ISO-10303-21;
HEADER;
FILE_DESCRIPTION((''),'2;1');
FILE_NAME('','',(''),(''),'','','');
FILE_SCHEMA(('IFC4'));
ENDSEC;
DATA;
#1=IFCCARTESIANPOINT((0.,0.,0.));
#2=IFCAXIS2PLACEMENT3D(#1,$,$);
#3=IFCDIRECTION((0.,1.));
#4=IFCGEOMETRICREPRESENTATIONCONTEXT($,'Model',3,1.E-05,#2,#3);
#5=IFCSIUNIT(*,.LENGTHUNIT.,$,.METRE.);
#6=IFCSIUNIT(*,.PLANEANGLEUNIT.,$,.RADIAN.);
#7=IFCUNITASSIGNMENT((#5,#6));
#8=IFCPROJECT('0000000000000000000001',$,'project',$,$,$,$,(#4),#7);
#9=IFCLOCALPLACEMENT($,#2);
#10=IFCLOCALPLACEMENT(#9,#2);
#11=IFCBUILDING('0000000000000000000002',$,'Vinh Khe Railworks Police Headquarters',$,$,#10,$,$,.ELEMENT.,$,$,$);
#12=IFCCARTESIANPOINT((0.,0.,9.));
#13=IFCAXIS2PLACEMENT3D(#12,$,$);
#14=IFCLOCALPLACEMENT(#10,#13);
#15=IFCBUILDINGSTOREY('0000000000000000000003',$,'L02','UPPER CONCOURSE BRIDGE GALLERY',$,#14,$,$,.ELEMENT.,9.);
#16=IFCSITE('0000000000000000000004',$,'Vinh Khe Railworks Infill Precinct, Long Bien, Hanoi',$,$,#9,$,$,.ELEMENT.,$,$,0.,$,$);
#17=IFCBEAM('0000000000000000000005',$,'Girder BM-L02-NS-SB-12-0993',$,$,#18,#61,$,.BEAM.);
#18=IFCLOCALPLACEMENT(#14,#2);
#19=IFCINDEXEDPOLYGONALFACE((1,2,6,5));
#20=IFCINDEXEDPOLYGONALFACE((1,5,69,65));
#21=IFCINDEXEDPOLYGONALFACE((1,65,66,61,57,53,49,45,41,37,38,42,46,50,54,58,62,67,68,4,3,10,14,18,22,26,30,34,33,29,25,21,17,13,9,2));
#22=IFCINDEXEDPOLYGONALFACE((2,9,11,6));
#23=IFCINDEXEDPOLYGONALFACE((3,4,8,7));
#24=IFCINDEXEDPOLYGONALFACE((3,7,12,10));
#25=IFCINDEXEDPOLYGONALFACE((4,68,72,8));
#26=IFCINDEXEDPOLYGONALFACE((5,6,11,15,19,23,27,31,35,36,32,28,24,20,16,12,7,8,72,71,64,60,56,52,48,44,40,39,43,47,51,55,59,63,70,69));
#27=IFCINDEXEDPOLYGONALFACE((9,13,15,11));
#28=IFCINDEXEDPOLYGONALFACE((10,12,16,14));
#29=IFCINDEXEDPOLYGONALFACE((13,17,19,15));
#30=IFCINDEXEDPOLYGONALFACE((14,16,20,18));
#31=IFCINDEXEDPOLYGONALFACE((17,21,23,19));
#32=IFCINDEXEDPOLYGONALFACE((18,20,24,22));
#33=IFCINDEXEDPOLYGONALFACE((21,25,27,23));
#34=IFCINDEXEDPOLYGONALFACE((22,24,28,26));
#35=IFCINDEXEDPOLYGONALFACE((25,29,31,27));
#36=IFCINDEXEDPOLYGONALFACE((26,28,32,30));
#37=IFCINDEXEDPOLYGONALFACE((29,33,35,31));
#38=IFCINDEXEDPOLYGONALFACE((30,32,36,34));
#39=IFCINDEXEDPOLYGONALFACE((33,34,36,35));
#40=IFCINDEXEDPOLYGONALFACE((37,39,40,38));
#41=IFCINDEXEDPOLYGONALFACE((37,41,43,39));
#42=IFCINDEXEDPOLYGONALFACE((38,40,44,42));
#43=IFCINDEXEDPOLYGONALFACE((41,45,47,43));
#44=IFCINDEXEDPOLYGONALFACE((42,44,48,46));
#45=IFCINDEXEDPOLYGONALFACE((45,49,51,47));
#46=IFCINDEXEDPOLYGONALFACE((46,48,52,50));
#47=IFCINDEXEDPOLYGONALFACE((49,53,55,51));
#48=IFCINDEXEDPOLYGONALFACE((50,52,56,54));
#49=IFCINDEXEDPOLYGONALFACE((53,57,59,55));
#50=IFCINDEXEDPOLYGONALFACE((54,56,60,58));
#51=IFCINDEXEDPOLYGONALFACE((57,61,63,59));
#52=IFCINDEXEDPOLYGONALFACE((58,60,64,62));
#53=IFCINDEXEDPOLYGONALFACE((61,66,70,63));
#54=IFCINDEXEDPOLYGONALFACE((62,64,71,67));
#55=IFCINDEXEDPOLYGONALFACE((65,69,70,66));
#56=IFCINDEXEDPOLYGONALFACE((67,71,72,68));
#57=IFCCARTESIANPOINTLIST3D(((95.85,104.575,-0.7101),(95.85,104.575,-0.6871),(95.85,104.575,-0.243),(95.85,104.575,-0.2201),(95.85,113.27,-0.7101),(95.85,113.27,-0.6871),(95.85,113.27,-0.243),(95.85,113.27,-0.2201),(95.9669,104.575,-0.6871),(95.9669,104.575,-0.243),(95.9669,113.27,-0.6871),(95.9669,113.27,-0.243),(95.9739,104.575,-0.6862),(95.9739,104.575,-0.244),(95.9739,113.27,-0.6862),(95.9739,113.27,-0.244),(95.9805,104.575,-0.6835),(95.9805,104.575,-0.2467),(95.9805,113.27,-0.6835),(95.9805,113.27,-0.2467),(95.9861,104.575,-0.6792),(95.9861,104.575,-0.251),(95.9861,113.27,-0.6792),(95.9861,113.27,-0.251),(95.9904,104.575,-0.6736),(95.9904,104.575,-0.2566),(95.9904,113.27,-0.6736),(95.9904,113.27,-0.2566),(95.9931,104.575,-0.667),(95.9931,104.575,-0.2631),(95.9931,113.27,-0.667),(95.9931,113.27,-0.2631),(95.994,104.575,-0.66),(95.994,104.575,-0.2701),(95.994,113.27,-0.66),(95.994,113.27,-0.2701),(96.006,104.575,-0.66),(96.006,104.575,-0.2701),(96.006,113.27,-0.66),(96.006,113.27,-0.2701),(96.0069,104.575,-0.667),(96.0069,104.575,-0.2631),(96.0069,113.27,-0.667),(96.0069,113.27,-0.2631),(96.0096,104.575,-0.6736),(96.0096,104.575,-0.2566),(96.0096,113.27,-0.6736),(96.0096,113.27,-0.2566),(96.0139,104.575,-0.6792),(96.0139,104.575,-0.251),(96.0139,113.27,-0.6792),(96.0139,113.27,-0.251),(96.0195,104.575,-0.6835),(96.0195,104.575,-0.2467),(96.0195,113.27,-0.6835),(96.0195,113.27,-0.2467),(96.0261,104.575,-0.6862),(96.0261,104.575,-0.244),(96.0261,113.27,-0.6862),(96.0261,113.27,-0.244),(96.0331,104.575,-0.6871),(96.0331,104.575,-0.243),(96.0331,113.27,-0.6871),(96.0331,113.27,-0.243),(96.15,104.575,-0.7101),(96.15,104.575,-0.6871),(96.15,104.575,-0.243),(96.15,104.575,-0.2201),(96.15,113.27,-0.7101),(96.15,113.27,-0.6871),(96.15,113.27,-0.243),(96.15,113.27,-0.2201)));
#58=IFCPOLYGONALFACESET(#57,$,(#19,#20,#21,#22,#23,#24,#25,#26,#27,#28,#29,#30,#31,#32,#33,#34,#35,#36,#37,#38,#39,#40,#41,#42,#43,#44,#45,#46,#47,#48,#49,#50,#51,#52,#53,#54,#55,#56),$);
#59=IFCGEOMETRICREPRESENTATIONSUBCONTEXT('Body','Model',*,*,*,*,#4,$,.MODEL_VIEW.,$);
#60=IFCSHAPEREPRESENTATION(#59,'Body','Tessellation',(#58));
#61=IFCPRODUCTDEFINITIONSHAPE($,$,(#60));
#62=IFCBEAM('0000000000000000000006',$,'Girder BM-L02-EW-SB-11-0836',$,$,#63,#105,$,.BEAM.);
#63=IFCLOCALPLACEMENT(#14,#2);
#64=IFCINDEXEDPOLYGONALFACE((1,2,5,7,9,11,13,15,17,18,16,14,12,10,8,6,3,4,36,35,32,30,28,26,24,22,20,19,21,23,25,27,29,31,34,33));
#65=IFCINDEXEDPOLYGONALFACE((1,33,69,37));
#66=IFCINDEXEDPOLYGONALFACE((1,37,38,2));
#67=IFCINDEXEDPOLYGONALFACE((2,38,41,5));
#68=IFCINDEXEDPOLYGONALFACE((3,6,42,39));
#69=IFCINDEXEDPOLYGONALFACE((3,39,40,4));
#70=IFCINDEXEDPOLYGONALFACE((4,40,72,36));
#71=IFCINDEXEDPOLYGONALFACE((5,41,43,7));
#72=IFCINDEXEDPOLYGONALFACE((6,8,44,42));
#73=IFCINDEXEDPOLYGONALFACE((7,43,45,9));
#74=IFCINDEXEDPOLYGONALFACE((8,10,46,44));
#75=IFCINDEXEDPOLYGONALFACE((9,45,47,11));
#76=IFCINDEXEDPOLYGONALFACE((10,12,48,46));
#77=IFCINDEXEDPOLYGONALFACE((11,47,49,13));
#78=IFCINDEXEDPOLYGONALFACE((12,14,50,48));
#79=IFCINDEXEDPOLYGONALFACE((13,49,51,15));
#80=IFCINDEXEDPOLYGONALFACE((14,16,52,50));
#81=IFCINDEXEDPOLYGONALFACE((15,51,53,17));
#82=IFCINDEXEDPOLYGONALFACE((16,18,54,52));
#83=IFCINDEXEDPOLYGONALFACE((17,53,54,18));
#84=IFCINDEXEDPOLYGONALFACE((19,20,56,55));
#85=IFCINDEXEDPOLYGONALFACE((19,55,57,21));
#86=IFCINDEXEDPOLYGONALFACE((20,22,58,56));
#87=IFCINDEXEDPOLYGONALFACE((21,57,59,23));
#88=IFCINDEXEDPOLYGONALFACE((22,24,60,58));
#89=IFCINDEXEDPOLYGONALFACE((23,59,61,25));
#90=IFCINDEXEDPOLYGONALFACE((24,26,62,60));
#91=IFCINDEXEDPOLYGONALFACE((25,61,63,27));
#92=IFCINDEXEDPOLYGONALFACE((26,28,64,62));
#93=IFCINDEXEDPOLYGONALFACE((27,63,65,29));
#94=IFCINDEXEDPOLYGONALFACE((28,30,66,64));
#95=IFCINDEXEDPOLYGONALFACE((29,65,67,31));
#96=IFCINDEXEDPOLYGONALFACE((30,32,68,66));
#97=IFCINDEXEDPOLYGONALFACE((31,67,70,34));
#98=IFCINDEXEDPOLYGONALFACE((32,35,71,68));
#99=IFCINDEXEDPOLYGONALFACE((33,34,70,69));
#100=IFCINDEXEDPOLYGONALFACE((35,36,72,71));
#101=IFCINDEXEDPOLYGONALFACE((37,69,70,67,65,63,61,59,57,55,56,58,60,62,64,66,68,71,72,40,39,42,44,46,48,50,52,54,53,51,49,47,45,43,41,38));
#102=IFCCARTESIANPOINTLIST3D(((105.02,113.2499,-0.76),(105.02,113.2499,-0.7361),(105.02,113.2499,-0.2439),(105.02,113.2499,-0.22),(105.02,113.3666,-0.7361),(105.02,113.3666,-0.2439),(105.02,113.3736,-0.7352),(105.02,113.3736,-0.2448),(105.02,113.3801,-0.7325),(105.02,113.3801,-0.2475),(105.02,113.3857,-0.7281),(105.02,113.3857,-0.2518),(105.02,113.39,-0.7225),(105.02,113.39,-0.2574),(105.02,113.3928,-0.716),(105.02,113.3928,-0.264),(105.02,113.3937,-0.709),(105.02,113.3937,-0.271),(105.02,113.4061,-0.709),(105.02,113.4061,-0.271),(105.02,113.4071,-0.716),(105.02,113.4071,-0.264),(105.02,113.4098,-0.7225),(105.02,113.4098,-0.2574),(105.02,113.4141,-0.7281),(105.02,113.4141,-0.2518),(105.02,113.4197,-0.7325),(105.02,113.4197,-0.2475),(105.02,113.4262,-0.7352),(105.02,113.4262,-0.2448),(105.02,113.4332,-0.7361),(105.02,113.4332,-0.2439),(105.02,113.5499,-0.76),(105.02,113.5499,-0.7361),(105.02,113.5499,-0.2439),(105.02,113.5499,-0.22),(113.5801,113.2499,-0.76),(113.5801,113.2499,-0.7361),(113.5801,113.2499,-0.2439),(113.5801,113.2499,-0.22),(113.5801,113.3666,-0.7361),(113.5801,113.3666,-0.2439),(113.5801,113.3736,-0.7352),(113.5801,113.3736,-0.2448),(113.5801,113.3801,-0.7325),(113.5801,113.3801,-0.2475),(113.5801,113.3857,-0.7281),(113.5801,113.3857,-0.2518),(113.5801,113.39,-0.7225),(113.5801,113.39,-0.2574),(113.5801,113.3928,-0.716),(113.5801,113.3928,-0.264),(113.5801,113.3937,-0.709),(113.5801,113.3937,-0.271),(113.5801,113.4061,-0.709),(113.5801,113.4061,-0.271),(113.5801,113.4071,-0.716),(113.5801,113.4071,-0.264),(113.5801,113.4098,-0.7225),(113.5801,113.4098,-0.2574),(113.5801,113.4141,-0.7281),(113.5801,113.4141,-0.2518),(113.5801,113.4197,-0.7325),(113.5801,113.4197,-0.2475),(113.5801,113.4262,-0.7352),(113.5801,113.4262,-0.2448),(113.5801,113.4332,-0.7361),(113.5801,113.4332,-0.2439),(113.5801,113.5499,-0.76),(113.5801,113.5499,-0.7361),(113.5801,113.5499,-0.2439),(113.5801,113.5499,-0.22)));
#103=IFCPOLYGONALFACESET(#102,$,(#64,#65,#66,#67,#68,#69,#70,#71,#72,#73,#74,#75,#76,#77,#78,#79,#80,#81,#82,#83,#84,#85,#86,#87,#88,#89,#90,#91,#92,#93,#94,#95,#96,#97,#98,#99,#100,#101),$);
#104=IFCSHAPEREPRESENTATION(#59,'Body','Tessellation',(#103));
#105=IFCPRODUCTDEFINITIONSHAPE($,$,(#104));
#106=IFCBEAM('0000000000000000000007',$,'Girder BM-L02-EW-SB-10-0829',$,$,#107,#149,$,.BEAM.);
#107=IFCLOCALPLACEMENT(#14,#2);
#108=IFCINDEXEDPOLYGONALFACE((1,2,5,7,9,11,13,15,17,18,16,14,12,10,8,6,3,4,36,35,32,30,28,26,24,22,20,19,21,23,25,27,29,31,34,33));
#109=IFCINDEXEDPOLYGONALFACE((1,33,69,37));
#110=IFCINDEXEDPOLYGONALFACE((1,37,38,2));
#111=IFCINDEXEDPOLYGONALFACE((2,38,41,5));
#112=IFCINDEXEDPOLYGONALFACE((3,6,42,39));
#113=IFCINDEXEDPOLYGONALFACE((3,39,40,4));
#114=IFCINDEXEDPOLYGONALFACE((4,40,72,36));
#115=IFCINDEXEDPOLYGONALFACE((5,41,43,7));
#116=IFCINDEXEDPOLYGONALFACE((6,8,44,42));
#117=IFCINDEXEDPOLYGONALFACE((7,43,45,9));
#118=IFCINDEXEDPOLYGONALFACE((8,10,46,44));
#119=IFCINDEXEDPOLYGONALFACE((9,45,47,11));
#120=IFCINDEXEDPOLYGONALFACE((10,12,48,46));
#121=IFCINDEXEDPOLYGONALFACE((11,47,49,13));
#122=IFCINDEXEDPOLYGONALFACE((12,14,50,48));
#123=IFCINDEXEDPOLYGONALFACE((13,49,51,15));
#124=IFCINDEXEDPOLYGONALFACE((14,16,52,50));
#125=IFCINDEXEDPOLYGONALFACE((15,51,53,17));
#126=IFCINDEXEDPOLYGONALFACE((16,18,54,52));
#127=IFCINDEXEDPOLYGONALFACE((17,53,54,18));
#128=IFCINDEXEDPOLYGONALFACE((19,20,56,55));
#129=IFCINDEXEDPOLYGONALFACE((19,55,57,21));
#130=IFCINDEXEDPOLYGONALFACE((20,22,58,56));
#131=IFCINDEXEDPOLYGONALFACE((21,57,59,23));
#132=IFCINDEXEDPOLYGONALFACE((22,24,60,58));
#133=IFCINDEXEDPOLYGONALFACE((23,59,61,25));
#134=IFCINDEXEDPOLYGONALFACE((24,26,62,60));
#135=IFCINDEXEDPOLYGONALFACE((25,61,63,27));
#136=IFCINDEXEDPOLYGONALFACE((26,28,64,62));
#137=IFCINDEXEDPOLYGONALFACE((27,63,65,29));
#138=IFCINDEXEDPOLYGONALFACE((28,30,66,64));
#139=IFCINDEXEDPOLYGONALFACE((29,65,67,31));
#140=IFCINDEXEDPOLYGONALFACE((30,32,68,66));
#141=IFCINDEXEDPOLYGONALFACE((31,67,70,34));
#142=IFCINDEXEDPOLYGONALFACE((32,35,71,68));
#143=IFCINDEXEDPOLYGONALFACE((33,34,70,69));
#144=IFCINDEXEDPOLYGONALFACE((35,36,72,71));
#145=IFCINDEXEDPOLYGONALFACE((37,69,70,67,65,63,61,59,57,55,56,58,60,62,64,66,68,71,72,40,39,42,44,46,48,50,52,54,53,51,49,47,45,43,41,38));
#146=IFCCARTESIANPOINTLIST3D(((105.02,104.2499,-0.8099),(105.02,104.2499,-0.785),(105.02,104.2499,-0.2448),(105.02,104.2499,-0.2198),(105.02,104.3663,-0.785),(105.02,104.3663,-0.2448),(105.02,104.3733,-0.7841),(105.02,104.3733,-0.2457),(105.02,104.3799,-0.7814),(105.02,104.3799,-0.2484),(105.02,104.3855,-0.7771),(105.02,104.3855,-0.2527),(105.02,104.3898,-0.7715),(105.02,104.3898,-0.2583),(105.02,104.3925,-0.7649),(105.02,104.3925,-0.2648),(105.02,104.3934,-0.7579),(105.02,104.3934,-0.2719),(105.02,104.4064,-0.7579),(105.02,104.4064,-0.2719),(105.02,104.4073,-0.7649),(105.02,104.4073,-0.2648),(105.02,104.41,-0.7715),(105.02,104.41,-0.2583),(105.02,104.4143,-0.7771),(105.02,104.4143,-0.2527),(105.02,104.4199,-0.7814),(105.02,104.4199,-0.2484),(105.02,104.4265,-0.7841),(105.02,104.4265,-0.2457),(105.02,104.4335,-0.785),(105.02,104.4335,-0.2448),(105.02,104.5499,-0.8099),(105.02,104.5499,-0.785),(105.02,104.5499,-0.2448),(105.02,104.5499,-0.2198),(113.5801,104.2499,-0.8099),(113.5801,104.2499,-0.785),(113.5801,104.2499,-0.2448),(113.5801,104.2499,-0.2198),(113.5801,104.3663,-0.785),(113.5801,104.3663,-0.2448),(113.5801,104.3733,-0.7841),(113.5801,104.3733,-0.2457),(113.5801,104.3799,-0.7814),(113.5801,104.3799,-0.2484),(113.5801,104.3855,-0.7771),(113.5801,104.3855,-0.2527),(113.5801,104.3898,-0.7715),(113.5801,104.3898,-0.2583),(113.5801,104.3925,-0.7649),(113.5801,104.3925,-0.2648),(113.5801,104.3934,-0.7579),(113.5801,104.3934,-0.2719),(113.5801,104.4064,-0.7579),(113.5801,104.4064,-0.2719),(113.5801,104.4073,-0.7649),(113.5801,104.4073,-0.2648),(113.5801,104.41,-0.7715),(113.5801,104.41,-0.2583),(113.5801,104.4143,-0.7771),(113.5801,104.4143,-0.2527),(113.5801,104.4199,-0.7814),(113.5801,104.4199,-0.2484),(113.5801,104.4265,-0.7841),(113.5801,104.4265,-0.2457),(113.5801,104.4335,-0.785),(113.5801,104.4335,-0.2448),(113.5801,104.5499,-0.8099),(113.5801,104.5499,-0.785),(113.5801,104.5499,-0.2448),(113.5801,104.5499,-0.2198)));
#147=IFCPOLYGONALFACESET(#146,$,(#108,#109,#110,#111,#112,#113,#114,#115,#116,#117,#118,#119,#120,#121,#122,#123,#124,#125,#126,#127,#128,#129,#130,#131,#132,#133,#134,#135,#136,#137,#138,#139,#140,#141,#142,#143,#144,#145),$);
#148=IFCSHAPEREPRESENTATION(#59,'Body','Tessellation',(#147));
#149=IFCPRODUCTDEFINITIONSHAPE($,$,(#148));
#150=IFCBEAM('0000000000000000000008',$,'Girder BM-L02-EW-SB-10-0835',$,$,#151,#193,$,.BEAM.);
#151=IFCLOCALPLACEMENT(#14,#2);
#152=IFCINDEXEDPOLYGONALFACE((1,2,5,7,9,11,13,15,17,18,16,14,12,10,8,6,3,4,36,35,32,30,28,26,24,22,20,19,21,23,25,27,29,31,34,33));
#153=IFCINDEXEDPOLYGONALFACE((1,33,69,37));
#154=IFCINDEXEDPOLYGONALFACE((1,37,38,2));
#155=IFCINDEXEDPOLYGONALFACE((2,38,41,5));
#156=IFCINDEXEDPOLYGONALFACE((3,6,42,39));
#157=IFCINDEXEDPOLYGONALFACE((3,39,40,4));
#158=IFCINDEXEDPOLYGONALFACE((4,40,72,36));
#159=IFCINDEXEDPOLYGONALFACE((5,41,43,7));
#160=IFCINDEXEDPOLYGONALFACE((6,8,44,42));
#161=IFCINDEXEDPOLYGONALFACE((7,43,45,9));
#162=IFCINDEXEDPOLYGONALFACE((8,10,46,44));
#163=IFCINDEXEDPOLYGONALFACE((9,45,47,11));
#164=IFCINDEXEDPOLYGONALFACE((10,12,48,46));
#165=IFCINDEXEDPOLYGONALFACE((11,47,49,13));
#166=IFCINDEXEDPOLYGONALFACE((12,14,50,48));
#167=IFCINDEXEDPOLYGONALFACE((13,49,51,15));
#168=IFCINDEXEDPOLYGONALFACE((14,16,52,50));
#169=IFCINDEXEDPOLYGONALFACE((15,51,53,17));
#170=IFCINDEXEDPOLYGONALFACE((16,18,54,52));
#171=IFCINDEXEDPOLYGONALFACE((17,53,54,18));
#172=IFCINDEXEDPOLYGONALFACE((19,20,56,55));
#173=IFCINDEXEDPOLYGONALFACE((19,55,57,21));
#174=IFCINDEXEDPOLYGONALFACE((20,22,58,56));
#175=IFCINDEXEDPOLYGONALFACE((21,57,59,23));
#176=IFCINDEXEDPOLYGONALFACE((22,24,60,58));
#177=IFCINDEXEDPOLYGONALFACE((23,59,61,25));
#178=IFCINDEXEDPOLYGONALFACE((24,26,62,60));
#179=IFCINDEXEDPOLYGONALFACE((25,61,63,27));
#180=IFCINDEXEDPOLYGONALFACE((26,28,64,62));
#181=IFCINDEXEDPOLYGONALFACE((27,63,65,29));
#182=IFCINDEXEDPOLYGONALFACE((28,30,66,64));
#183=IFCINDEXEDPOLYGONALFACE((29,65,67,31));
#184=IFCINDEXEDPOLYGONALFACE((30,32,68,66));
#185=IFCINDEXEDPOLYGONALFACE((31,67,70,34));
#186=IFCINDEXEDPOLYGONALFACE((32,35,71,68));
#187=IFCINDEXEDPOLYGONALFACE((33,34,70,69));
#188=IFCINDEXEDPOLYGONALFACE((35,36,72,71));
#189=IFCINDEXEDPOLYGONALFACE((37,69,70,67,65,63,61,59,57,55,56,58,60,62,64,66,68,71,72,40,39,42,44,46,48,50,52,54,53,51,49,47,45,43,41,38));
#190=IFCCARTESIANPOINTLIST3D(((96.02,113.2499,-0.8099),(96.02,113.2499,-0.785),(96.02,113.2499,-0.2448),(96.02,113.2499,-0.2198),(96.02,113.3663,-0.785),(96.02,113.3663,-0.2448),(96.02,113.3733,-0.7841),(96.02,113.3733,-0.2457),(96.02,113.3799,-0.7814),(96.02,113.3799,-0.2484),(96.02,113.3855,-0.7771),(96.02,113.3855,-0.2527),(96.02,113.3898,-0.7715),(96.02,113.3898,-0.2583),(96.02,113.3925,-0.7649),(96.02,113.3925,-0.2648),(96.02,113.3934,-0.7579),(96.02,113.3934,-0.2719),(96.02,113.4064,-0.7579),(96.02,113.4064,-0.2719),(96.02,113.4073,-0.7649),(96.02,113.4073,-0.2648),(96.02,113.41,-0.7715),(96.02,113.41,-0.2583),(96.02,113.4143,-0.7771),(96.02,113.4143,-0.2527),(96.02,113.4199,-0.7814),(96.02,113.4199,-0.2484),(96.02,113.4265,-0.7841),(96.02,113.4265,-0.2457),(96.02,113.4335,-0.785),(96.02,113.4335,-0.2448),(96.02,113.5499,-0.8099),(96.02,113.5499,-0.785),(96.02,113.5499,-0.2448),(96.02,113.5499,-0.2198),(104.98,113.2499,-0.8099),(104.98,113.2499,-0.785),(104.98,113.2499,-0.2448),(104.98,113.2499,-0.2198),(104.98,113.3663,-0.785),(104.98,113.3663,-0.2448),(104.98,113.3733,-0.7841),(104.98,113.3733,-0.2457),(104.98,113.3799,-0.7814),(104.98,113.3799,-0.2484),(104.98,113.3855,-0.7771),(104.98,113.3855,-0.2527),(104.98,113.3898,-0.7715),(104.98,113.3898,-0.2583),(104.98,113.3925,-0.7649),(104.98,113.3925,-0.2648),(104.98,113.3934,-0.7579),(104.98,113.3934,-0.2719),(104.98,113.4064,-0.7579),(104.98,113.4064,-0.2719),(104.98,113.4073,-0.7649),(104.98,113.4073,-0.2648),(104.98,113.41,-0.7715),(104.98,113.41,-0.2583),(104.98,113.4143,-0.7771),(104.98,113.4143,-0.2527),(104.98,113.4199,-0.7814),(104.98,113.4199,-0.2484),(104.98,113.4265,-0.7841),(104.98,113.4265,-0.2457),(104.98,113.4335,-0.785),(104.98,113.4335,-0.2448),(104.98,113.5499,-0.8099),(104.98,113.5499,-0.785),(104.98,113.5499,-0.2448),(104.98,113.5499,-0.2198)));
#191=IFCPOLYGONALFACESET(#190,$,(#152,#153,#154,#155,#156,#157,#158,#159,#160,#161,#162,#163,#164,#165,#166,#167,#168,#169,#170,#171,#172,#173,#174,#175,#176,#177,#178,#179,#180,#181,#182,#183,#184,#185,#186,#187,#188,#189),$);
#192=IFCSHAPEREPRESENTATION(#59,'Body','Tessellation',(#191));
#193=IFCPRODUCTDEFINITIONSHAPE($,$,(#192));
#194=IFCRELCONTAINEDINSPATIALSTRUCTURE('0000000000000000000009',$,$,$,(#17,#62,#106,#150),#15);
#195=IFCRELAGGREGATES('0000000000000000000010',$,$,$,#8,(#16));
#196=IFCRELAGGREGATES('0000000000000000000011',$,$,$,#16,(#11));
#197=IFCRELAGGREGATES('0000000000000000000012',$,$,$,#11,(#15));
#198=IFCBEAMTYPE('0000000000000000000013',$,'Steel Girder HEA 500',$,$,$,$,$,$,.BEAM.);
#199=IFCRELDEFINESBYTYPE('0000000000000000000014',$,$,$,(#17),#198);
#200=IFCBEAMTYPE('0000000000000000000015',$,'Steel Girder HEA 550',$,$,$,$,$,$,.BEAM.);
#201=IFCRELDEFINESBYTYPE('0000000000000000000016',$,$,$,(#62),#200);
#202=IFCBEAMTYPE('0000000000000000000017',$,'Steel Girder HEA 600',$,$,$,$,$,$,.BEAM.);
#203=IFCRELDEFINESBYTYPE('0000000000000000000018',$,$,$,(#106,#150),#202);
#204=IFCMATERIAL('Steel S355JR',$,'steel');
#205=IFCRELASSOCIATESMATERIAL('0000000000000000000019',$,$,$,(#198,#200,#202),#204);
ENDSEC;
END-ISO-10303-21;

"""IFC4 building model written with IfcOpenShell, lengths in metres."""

from ifc_helpers import new_model, si_unit, direction, frame, origin, origin_2d, place, context, subcontext, project, spatial, i_section, extrude, material, material_profile, profile_set, type_object, element, save


model = new_model("IFC4")

# Units and contexts
model_context = context("Model", 3, precision=1e-05, world=origin(), true_north=direction((0.0, 1.0)))
body_context = subcontext(model_context, "Body", "Model", "MODEL_VIEW")
ifc_project = project(units=[si_unit("LENGTHUNIT", "METRE"), si_unit("PLANEANGLEUNIT", "RADIAN")], contexts=[model_context])

# Site, building, storey
site_placement = place(None, origin())
site = spatial("IfcSite", under=ifc_project, at=site_placement, Name="Vinh Khe Railworks Infill Precinct, Long Bien, Hanoi", CompositionType="ELEMENT", RefElevation=0.0)
building_placement = place(site_placement, origin())
building = spatial("IfcBuilding", under=site, at=building_placement, Name="Vinh Khe Railworks Police Headquarters", CompositionType="ELEMENT")
storey_placement = place(building_placement, frame((0.0, 0.0, 9.0)))
storey = spatial("IfcBuildingStorey", under=building, at=storey_placement, Name="L02", Description="UPPER CONCOURSE BRIDGE GALLERY", CompositionType="ELEMENT", Elevation=9.0)

# Shared definitions
ifc_material_1 = material(Name="Steel S355JR", Category="steel")

# Beams
ifc_material_profile_1 = material_profile(ifc_material_1, i_section(OverallWidth=0.3, OverallDepth=0.49, WebThickness=0.012, FlangeThickness=0.0229, FilletRadius=0.0271, at=origin_2d()), Name="HEA 500")
ifc_profile_set_1 = profile_set([ifc_material_profile_1], Name="Steel S355JR")
beam_type_1 = type_object("IfcBeamType", Name="Steel Girder HEA 500", PredefinedType="BEAM", material=ifc_profile_set_1)
beam_1_placement = place(storey_placement, frame((96.0, 104.575, -0.4651), z_axis=(0.0, 1.0, 0.0), x_axis=(-1.0, 0.0, 0.0)))
element("IfcBeam", 1, at=beam_1_placement, inside=storey, type_object=beam_type_1, Name="Girder BM-L02-NS-SB-12-0993", PredefinedType="BEAM", context=body_context, shape_type="SweptSolid", body=[
    extrude(i_section(OverallWidth=0.3, OverallDepth=0.49, WebThickness=0.012, FlangeThickness=0.0229, FilletRadius=0.0271, at=origin_2d()), origin(), (0.0, 0.0, 1.0), 8.6951),
])
ifc_material_profile_2 = material_profile(ifc_material_1, i_section(OverallWidth=0.3, OverallDepth=0.54, WebThickness=0.0125, FlangeThickness=0.0239, FilletRadius=0.0271, at=origin_2d()), Name="HEA 550")
ifc_profile_set_2 = profile_set([ifc_material_profile_2], Name="Steel S355JR")
beam_type_2 = type_object("IfcBeamType", Name="Steel Girder HEA 550", PredefinedType="BEAM", material=ifc_profile_set_2)
beam_2_placement = place(storey_placement, frame((105.02, 113.3999, -0.49), z_axis=(1.0, 0.0, 0.0), x_axis=(0.0, 1.0, 0.0)))
element("IfcBeam", 2, at=beam_2_placement, inside=storey, type_object=beam_type_2, Name="Girder BM-L02-EW-SB-11-0836", PredefinedType="BEAM", context=body_context, shape_type="SweptSolid", body=[
    extrude(i_section(OverallWidth=0.3, OverallDepth=0.54, WebThickness=0.0125, FlangeThickness=0.0239, FilletRadius=0.0271, at=origin_2d()), origin(), (0.0, 0.0, 1.0), 8.5601),
])
ifc_material_profile_3 = material_profile(ifc_material_1, i_section(OverallWidth=0.3, OverallDepth=0.5901, WebThickness=0.0129, FlangeThickness=0.0249, FilletRadius=0.0271, at=origin_2d()), Name="HEA 600")
ifc_profile_set_3 = profile_set([ifc_material_profile_3], Name="Steel S355JR")
beam_type_3 = type_object("IfcBeamType", Name="Steel Girder HEA 600", PredefinedType="BEAM", material=ifc_profile_set_3)
beam_3_placement = place(storey_placement, frame((105.02, 104.3999, -0.5149), z_axis=(1.0, 0.0, 0.0), x_axis=(0.0, 1.0, 0.0)))
element("IfcBeam", 3, at=beam_3_placement, inside=storey, type_object=beam_type_3, Name="Girder BM-L02-EW-SB-10-0829", PredefinedType="BEAM", context=body_context, shape_type="SweptSolid", body=[
    extrude(i_section(OverallWidth=0.3, OverallDepth=0.5901, WebThickness=0.0129, FlangeThickness=0.0249, FilletRadius=0.0271, at=origin_2d()), origin(), (0.0, 0.0, 1.0), 8.5601),
])
beam_4_placement = place(storey_placement, frame((96.02, 113.3999, -0.5149), z_axis=(1.0, 0.0, 0.0), x_axis=(0.0, 1.0, 0.0)))
element("IfcBeam", 4, at=beam_4_placement, inside=storey, type_object=beam_type_3, Name="Girder BM-L02-EW-SB-10-0835", PredefinedType="BEAM", context=body_context, shape_type="SweptSolid", body=[
    extrude(i_section(OverallWidth=0.3, OverallDepth=0.5901, WebThickness=0.0129, FlangeThickness=0.0249, FilletRadius=0.0271, at=origin_2d()), origin(), (0.0, 0.0, 1.0), 8.96),
])

save(model, "model.ifc")
